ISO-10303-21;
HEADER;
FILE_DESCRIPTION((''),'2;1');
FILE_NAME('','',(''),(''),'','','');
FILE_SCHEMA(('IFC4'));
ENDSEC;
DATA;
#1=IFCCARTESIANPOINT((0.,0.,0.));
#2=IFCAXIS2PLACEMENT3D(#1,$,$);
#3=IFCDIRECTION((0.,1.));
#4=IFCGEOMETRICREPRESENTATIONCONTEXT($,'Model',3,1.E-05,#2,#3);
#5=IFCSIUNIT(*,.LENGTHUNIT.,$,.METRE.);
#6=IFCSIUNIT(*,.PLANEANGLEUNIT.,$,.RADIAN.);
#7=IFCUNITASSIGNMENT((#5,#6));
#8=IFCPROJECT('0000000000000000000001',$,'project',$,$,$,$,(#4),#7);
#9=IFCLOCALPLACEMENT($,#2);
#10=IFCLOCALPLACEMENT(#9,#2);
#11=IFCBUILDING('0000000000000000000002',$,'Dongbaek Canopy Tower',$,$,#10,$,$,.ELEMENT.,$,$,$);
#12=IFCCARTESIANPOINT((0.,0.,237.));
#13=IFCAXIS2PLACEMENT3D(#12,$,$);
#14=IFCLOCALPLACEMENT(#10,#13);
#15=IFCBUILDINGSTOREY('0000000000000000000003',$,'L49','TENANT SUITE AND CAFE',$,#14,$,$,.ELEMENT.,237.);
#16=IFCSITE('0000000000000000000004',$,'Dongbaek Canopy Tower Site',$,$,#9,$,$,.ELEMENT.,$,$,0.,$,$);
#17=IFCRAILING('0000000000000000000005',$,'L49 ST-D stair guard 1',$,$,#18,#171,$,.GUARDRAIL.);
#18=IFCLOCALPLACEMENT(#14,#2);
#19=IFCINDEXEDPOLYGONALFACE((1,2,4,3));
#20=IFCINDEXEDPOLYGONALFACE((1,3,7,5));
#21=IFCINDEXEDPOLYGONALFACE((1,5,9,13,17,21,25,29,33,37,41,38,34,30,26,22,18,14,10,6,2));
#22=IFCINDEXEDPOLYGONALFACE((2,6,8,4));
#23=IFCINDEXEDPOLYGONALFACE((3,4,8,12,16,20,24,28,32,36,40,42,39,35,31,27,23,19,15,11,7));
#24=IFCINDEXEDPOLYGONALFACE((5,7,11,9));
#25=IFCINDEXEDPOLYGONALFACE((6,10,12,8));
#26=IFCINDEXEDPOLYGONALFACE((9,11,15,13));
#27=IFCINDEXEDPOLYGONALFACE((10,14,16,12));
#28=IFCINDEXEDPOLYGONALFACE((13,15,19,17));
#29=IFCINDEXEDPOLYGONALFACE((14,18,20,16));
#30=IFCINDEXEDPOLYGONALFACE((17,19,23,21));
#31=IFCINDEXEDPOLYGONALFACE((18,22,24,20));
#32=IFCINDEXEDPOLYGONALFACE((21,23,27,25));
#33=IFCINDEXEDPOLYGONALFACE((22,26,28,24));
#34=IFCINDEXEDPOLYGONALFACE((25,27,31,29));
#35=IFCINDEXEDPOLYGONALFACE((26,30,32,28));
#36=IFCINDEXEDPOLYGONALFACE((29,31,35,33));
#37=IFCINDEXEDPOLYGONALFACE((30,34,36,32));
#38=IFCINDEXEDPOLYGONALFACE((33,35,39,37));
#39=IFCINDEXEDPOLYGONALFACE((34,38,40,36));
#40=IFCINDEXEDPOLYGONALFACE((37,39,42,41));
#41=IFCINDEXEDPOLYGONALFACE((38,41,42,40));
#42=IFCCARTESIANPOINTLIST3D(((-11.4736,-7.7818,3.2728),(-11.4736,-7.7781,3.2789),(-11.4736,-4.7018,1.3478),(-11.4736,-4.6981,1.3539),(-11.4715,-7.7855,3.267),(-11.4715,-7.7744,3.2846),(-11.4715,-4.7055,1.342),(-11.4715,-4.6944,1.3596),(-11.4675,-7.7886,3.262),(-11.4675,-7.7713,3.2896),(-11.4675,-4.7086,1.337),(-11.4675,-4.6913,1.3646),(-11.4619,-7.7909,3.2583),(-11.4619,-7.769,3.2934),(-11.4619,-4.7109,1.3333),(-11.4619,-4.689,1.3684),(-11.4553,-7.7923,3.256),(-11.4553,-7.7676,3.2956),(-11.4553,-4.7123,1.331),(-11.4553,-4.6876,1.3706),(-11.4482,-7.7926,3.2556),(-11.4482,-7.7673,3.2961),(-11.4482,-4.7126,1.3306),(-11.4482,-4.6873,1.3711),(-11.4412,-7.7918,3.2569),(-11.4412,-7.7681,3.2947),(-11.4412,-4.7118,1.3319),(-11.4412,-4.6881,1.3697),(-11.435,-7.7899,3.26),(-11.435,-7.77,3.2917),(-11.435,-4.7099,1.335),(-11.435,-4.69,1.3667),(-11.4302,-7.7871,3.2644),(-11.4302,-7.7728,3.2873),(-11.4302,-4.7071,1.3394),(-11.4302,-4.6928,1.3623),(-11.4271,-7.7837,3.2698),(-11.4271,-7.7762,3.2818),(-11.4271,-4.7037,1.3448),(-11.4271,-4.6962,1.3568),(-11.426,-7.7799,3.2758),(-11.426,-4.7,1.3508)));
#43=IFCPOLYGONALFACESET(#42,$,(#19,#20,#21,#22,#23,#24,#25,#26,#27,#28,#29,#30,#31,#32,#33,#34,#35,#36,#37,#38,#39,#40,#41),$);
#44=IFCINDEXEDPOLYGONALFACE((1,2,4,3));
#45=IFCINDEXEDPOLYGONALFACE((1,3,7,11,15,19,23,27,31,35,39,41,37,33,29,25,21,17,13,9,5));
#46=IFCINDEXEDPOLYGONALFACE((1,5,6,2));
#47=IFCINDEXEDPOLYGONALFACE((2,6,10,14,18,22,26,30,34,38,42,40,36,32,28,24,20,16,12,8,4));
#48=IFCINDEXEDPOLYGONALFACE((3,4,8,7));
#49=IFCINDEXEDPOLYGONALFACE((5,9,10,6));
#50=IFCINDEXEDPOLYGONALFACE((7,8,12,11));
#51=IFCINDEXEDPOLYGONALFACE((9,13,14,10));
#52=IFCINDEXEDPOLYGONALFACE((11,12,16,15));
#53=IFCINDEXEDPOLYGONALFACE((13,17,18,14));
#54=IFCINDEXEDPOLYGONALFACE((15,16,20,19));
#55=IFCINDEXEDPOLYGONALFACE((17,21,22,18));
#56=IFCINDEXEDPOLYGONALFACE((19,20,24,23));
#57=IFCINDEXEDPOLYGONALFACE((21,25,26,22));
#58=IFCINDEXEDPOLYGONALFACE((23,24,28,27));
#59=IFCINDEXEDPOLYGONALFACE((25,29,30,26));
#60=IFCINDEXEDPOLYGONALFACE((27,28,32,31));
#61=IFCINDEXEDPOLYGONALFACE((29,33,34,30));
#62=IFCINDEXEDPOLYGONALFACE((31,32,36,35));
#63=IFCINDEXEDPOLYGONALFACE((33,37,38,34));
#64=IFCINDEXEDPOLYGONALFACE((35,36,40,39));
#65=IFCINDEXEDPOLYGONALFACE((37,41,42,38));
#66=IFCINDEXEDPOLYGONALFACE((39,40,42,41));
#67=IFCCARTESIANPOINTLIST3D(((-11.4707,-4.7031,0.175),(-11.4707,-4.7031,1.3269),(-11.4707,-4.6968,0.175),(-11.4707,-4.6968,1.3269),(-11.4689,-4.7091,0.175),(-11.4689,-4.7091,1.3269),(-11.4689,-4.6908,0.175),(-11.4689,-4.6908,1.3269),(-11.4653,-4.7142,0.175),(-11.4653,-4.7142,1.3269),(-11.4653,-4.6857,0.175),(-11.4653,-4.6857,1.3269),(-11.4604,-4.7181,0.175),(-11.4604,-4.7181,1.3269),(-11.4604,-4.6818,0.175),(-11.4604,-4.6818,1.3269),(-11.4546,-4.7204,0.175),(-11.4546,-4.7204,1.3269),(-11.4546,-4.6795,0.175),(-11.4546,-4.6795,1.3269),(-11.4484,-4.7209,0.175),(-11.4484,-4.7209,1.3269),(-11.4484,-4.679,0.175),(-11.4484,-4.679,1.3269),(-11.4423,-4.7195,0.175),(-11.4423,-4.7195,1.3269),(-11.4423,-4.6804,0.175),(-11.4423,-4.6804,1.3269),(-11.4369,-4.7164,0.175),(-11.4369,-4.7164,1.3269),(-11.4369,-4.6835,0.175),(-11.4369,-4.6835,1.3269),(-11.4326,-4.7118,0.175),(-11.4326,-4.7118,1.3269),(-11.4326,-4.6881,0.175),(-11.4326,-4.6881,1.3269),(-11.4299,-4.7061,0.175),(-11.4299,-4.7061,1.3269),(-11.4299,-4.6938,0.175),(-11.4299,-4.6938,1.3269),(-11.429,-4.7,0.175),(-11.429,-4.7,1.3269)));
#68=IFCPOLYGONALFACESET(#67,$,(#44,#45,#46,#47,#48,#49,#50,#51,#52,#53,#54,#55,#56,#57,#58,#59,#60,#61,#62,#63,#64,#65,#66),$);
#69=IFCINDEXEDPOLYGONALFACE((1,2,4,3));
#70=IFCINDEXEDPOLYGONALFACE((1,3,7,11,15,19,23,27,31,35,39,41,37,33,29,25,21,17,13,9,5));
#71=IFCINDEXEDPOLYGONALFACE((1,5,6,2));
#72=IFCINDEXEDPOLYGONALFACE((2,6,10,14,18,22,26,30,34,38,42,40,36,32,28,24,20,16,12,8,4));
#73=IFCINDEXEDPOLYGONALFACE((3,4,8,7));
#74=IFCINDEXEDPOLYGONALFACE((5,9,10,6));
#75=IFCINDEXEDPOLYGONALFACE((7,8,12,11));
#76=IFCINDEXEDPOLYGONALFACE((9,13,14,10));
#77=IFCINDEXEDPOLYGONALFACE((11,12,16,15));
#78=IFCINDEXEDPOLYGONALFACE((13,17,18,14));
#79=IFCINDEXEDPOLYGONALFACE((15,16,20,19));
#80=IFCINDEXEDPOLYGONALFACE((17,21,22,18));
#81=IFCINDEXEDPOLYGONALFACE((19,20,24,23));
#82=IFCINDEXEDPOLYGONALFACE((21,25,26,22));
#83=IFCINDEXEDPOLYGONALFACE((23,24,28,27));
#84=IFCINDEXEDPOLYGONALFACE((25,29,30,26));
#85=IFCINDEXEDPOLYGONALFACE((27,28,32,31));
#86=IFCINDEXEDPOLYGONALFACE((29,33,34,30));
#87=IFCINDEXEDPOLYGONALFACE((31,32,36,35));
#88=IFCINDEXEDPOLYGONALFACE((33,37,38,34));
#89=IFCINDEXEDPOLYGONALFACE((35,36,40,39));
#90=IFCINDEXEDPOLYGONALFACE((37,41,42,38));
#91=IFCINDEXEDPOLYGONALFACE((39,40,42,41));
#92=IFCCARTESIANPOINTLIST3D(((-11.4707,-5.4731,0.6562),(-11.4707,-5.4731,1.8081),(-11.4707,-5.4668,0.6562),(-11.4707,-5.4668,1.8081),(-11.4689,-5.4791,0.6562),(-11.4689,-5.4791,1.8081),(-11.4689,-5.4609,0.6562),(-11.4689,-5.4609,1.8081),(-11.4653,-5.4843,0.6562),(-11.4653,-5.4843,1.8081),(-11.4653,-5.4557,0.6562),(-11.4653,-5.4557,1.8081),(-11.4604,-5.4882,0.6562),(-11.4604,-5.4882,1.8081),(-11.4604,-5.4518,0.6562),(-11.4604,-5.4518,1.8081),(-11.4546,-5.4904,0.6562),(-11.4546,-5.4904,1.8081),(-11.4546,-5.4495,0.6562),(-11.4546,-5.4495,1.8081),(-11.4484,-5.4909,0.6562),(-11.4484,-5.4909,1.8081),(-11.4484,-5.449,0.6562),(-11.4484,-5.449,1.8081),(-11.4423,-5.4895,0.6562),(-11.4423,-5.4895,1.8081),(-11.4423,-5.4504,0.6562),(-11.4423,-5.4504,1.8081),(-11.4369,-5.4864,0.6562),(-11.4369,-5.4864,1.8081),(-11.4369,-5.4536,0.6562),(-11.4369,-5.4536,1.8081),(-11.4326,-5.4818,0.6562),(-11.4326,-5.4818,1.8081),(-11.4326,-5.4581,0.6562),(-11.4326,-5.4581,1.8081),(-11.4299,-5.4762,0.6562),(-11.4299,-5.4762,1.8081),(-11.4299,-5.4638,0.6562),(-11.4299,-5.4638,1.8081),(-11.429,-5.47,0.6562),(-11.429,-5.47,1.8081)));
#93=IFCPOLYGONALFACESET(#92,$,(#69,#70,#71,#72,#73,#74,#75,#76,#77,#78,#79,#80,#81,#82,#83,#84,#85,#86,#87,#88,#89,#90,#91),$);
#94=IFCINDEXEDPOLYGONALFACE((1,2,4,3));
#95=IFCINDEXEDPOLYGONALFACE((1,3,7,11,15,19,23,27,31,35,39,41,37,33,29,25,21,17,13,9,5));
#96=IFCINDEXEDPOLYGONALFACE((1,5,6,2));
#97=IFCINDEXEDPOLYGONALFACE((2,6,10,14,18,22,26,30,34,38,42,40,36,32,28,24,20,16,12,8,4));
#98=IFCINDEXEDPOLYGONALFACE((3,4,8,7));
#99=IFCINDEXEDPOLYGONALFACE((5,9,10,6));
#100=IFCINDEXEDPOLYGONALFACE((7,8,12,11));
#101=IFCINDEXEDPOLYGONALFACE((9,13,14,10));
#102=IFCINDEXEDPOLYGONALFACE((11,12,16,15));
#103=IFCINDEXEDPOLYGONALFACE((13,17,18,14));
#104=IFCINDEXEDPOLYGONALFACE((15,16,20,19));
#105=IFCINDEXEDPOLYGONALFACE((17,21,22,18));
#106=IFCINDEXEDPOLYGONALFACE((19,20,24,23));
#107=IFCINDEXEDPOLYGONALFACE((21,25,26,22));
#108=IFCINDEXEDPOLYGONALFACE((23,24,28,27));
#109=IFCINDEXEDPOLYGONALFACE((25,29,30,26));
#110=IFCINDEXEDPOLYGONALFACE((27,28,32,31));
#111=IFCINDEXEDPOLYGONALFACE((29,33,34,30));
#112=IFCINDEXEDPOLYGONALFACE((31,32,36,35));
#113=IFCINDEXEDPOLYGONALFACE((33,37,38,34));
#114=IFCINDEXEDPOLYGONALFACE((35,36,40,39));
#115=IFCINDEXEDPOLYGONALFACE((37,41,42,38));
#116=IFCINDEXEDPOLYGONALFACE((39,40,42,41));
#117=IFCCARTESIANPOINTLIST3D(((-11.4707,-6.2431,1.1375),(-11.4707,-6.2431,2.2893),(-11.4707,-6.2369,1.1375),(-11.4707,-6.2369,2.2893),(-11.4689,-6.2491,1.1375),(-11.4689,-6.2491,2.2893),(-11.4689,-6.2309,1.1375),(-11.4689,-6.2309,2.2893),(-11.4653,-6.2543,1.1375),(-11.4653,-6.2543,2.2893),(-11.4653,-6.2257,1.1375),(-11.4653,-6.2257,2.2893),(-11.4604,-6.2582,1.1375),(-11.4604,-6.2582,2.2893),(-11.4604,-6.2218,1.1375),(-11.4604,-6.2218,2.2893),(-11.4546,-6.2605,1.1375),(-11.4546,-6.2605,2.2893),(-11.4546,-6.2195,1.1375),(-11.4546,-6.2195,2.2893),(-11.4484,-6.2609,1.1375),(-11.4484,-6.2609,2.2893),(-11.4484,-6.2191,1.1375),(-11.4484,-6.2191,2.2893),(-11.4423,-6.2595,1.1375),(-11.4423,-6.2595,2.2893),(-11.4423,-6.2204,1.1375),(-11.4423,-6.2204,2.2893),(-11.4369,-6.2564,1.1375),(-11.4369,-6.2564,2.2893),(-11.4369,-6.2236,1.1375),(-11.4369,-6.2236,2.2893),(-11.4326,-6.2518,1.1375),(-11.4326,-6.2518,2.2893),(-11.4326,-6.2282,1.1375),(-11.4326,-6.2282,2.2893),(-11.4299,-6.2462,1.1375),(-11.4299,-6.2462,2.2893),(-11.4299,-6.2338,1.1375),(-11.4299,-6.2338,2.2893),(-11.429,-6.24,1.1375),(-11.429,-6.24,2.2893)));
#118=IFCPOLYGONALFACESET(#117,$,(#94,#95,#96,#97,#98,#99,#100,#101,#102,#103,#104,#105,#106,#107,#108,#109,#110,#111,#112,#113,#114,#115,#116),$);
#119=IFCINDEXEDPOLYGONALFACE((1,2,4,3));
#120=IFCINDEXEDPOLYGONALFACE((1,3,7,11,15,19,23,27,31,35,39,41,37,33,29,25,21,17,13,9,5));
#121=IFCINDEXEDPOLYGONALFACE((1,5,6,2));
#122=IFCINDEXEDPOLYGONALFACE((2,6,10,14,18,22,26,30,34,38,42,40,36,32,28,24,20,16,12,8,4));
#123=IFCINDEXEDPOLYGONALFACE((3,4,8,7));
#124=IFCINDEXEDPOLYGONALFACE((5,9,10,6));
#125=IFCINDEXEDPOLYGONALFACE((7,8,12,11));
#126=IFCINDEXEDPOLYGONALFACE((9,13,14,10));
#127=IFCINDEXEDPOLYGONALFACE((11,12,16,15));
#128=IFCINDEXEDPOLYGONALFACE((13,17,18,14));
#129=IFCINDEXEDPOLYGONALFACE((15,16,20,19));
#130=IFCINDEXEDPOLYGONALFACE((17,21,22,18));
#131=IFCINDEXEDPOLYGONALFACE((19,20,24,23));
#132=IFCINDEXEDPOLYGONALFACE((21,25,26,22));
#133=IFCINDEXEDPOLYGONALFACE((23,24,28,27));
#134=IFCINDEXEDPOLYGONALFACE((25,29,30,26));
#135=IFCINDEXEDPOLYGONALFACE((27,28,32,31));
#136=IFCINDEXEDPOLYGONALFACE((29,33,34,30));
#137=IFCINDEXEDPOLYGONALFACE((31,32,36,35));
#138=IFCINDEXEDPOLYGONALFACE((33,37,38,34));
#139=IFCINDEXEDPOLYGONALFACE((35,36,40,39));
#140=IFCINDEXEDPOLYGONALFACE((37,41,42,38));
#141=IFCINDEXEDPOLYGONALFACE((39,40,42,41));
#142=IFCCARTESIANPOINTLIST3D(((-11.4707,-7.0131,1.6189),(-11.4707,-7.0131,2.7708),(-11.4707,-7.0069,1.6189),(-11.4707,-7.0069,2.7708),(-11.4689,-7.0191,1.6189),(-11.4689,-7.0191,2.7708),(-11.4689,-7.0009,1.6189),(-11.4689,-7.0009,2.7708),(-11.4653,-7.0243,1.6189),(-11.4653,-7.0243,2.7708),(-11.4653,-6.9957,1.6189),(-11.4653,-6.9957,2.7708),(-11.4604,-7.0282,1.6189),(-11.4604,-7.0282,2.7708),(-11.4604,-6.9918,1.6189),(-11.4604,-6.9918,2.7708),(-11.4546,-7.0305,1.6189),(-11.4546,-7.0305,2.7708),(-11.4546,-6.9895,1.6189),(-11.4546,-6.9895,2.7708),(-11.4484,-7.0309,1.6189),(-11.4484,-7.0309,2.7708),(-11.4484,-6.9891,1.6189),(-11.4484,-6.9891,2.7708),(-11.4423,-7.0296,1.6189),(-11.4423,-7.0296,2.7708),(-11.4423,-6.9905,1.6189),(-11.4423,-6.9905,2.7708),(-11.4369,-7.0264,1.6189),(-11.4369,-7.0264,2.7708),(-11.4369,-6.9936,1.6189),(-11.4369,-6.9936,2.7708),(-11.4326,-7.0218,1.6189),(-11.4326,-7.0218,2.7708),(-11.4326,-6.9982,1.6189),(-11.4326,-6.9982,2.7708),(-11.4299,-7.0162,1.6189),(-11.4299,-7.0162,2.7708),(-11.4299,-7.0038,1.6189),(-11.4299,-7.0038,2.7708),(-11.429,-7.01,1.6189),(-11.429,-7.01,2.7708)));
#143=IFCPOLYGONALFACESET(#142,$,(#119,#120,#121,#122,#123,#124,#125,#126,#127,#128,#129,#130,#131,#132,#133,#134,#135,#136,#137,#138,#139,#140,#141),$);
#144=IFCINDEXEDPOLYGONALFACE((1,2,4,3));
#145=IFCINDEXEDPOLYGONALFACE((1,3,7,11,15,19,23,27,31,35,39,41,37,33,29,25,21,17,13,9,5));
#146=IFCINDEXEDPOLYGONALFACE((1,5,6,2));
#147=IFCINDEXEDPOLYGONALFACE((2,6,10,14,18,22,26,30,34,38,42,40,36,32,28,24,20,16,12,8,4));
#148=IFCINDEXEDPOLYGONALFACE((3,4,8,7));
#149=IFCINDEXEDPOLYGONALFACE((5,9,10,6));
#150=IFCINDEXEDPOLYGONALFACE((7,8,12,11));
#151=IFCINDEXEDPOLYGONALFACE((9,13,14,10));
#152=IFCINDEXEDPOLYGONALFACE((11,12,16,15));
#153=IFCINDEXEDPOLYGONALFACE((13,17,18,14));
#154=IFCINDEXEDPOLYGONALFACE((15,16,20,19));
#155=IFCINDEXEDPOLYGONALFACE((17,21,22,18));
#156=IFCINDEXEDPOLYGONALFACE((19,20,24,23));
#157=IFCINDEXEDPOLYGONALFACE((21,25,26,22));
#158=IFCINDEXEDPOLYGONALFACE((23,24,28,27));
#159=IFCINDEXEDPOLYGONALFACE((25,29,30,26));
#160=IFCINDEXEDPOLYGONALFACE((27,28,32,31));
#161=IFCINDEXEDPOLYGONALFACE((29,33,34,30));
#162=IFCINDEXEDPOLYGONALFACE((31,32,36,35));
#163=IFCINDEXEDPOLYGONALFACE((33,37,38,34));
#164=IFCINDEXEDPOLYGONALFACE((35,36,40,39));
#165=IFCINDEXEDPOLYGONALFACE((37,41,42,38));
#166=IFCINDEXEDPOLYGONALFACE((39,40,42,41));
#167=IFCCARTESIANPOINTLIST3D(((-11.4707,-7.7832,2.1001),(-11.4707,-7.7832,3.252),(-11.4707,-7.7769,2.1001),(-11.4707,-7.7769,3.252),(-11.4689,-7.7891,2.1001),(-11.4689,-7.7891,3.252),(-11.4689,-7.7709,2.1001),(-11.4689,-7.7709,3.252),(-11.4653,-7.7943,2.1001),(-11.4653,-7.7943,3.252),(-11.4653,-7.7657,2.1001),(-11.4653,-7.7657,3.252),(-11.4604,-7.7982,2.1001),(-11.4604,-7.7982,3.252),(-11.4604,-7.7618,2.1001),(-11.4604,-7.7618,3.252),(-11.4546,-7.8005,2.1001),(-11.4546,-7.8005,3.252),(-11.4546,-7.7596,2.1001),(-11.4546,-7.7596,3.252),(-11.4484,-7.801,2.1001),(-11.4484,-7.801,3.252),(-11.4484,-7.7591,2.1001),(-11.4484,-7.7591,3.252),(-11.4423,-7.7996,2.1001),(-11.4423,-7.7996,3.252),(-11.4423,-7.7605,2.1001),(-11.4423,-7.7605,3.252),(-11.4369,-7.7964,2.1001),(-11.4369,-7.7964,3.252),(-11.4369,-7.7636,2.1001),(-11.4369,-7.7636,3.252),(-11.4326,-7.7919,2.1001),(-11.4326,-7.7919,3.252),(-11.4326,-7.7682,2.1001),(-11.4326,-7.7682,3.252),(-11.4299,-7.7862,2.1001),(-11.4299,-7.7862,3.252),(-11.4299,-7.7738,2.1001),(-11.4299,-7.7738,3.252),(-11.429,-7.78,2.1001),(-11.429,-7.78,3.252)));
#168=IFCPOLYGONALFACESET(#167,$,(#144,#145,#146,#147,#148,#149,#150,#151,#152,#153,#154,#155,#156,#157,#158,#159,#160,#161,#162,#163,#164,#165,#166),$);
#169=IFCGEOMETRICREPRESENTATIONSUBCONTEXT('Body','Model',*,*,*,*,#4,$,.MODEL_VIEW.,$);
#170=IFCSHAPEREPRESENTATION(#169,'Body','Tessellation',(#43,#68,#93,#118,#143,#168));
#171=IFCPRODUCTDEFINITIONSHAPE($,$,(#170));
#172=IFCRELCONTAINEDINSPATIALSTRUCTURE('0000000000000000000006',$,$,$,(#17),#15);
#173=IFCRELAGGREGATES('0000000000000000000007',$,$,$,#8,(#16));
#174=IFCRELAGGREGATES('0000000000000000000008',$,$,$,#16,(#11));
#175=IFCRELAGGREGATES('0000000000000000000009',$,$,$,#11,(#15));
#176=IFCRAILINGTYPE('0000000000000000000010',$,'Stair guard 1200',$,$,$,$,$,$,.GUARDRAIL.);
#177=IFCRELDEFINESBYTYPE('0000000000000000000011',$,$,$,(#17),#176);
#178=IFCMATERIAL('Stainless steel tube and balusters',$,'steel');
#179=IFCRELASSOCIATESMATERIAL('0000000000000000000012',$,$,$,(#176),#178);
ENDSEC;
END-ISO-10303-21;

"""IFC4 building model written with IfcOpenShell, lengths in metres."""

from ifc_helpers import new_model, si_unit, direction, frame, origin, origin_2d, place, context, subcontext, project, spatial, circle, extrude, material, type_object, element, save


model = new_model("IFC4")

# Units and contexts
model_context = context("Model", 3, precision=1e-05, world=origin(), true_north=direction((0.0, 1.0)))
body_context = subcontext(model_context, "Body", "Model", "MODEL_VIEW")
ifc_project = project(units=[si_unit("LENGTHUNIT", "METRE"), si_unit("PLANEANGLEUNIT", "RADIAN")], contexts=[model_context])

# Site, building, storey
site_placement = place(None, origin())
site = spatial("IfcSite", under=ifc_project, at=site_placement, Name="Dongbaek Canopy Tower Site", CompositionType="ELEMENT", RefElevation=0.0)
building_placement = place(site_placement, origin())
building = spatial("IfcBuilding", under=site, at=building_placement, Name="Dongbaek Canopy Tower", CompositionType="ELEMENT")
storey_placement = place(building_placement, frame((0.0, 0.0, 237.0)))
storey = spatial("IfcBuildingStorey", under=building, at=storey_placement, Name="L49", Description="TENANT SUITE AND CAFE", CompositionType="ELEMENT", Elevation=237.0)

# Railing
ifc_material_1 = material(Name="Stainless steel tube and balusters", Category="steel")
railing_type_1 = type_object("IfcRailingType", Name="Stair guard 1200", PredefinedType="GUARDRAIL", material=ifc_material_1)
railing_1_placement = place(storey_placement, frame((-11.45, -4.7, 0.175)))
element("IfcRailing", 1, at=railing_1_placement, inside=storey, type_object=railing_type_1, Name="L49 ST-D stair guard 1", PredefinedType="GUARDRAIL", context=body_context, shape_type="SweptSolid", body=[
    extrude(circle(Radius=0.0239, at=origin_2d()), frame((0.0, 0.0, 1.1758), z_axis=(0.0, -0.847998, 0.529999), x_axis=(1.0, 0.0, 0.0)), (0.0, 0.0, 1.0), 3.6321),
    extrude(circle(Radius=0.021, at=origin_2d()), origin(), (0.0, 0.0, 1.0), 1.1519),
    extrude(circle(Radius=0.021, at=origin_2d()), frame((0.0, -0.77, 0.4812)), (0.0, 0.0, 1.0), 1.1519),
    extrude(circle(Radius=0.021, at=origin_2d()), frame((0.0, -1.54, 0.9624)), (0.0, 0.0, 1.0), 1.1519),
    extrude(circle(Radius=0.021, at=origin_2d()), frame((0.0, -2.3101, 1.4438)), (0.0, 0.0, 1.0), 1.1519),
    extrude(circle(Radius=0.021, at=origin_2d()), frame((0.0, -3.0801, 1.925)), (0.0, 0.0, 1.0), 1.1519),
])

save(model, "model.ifc")
